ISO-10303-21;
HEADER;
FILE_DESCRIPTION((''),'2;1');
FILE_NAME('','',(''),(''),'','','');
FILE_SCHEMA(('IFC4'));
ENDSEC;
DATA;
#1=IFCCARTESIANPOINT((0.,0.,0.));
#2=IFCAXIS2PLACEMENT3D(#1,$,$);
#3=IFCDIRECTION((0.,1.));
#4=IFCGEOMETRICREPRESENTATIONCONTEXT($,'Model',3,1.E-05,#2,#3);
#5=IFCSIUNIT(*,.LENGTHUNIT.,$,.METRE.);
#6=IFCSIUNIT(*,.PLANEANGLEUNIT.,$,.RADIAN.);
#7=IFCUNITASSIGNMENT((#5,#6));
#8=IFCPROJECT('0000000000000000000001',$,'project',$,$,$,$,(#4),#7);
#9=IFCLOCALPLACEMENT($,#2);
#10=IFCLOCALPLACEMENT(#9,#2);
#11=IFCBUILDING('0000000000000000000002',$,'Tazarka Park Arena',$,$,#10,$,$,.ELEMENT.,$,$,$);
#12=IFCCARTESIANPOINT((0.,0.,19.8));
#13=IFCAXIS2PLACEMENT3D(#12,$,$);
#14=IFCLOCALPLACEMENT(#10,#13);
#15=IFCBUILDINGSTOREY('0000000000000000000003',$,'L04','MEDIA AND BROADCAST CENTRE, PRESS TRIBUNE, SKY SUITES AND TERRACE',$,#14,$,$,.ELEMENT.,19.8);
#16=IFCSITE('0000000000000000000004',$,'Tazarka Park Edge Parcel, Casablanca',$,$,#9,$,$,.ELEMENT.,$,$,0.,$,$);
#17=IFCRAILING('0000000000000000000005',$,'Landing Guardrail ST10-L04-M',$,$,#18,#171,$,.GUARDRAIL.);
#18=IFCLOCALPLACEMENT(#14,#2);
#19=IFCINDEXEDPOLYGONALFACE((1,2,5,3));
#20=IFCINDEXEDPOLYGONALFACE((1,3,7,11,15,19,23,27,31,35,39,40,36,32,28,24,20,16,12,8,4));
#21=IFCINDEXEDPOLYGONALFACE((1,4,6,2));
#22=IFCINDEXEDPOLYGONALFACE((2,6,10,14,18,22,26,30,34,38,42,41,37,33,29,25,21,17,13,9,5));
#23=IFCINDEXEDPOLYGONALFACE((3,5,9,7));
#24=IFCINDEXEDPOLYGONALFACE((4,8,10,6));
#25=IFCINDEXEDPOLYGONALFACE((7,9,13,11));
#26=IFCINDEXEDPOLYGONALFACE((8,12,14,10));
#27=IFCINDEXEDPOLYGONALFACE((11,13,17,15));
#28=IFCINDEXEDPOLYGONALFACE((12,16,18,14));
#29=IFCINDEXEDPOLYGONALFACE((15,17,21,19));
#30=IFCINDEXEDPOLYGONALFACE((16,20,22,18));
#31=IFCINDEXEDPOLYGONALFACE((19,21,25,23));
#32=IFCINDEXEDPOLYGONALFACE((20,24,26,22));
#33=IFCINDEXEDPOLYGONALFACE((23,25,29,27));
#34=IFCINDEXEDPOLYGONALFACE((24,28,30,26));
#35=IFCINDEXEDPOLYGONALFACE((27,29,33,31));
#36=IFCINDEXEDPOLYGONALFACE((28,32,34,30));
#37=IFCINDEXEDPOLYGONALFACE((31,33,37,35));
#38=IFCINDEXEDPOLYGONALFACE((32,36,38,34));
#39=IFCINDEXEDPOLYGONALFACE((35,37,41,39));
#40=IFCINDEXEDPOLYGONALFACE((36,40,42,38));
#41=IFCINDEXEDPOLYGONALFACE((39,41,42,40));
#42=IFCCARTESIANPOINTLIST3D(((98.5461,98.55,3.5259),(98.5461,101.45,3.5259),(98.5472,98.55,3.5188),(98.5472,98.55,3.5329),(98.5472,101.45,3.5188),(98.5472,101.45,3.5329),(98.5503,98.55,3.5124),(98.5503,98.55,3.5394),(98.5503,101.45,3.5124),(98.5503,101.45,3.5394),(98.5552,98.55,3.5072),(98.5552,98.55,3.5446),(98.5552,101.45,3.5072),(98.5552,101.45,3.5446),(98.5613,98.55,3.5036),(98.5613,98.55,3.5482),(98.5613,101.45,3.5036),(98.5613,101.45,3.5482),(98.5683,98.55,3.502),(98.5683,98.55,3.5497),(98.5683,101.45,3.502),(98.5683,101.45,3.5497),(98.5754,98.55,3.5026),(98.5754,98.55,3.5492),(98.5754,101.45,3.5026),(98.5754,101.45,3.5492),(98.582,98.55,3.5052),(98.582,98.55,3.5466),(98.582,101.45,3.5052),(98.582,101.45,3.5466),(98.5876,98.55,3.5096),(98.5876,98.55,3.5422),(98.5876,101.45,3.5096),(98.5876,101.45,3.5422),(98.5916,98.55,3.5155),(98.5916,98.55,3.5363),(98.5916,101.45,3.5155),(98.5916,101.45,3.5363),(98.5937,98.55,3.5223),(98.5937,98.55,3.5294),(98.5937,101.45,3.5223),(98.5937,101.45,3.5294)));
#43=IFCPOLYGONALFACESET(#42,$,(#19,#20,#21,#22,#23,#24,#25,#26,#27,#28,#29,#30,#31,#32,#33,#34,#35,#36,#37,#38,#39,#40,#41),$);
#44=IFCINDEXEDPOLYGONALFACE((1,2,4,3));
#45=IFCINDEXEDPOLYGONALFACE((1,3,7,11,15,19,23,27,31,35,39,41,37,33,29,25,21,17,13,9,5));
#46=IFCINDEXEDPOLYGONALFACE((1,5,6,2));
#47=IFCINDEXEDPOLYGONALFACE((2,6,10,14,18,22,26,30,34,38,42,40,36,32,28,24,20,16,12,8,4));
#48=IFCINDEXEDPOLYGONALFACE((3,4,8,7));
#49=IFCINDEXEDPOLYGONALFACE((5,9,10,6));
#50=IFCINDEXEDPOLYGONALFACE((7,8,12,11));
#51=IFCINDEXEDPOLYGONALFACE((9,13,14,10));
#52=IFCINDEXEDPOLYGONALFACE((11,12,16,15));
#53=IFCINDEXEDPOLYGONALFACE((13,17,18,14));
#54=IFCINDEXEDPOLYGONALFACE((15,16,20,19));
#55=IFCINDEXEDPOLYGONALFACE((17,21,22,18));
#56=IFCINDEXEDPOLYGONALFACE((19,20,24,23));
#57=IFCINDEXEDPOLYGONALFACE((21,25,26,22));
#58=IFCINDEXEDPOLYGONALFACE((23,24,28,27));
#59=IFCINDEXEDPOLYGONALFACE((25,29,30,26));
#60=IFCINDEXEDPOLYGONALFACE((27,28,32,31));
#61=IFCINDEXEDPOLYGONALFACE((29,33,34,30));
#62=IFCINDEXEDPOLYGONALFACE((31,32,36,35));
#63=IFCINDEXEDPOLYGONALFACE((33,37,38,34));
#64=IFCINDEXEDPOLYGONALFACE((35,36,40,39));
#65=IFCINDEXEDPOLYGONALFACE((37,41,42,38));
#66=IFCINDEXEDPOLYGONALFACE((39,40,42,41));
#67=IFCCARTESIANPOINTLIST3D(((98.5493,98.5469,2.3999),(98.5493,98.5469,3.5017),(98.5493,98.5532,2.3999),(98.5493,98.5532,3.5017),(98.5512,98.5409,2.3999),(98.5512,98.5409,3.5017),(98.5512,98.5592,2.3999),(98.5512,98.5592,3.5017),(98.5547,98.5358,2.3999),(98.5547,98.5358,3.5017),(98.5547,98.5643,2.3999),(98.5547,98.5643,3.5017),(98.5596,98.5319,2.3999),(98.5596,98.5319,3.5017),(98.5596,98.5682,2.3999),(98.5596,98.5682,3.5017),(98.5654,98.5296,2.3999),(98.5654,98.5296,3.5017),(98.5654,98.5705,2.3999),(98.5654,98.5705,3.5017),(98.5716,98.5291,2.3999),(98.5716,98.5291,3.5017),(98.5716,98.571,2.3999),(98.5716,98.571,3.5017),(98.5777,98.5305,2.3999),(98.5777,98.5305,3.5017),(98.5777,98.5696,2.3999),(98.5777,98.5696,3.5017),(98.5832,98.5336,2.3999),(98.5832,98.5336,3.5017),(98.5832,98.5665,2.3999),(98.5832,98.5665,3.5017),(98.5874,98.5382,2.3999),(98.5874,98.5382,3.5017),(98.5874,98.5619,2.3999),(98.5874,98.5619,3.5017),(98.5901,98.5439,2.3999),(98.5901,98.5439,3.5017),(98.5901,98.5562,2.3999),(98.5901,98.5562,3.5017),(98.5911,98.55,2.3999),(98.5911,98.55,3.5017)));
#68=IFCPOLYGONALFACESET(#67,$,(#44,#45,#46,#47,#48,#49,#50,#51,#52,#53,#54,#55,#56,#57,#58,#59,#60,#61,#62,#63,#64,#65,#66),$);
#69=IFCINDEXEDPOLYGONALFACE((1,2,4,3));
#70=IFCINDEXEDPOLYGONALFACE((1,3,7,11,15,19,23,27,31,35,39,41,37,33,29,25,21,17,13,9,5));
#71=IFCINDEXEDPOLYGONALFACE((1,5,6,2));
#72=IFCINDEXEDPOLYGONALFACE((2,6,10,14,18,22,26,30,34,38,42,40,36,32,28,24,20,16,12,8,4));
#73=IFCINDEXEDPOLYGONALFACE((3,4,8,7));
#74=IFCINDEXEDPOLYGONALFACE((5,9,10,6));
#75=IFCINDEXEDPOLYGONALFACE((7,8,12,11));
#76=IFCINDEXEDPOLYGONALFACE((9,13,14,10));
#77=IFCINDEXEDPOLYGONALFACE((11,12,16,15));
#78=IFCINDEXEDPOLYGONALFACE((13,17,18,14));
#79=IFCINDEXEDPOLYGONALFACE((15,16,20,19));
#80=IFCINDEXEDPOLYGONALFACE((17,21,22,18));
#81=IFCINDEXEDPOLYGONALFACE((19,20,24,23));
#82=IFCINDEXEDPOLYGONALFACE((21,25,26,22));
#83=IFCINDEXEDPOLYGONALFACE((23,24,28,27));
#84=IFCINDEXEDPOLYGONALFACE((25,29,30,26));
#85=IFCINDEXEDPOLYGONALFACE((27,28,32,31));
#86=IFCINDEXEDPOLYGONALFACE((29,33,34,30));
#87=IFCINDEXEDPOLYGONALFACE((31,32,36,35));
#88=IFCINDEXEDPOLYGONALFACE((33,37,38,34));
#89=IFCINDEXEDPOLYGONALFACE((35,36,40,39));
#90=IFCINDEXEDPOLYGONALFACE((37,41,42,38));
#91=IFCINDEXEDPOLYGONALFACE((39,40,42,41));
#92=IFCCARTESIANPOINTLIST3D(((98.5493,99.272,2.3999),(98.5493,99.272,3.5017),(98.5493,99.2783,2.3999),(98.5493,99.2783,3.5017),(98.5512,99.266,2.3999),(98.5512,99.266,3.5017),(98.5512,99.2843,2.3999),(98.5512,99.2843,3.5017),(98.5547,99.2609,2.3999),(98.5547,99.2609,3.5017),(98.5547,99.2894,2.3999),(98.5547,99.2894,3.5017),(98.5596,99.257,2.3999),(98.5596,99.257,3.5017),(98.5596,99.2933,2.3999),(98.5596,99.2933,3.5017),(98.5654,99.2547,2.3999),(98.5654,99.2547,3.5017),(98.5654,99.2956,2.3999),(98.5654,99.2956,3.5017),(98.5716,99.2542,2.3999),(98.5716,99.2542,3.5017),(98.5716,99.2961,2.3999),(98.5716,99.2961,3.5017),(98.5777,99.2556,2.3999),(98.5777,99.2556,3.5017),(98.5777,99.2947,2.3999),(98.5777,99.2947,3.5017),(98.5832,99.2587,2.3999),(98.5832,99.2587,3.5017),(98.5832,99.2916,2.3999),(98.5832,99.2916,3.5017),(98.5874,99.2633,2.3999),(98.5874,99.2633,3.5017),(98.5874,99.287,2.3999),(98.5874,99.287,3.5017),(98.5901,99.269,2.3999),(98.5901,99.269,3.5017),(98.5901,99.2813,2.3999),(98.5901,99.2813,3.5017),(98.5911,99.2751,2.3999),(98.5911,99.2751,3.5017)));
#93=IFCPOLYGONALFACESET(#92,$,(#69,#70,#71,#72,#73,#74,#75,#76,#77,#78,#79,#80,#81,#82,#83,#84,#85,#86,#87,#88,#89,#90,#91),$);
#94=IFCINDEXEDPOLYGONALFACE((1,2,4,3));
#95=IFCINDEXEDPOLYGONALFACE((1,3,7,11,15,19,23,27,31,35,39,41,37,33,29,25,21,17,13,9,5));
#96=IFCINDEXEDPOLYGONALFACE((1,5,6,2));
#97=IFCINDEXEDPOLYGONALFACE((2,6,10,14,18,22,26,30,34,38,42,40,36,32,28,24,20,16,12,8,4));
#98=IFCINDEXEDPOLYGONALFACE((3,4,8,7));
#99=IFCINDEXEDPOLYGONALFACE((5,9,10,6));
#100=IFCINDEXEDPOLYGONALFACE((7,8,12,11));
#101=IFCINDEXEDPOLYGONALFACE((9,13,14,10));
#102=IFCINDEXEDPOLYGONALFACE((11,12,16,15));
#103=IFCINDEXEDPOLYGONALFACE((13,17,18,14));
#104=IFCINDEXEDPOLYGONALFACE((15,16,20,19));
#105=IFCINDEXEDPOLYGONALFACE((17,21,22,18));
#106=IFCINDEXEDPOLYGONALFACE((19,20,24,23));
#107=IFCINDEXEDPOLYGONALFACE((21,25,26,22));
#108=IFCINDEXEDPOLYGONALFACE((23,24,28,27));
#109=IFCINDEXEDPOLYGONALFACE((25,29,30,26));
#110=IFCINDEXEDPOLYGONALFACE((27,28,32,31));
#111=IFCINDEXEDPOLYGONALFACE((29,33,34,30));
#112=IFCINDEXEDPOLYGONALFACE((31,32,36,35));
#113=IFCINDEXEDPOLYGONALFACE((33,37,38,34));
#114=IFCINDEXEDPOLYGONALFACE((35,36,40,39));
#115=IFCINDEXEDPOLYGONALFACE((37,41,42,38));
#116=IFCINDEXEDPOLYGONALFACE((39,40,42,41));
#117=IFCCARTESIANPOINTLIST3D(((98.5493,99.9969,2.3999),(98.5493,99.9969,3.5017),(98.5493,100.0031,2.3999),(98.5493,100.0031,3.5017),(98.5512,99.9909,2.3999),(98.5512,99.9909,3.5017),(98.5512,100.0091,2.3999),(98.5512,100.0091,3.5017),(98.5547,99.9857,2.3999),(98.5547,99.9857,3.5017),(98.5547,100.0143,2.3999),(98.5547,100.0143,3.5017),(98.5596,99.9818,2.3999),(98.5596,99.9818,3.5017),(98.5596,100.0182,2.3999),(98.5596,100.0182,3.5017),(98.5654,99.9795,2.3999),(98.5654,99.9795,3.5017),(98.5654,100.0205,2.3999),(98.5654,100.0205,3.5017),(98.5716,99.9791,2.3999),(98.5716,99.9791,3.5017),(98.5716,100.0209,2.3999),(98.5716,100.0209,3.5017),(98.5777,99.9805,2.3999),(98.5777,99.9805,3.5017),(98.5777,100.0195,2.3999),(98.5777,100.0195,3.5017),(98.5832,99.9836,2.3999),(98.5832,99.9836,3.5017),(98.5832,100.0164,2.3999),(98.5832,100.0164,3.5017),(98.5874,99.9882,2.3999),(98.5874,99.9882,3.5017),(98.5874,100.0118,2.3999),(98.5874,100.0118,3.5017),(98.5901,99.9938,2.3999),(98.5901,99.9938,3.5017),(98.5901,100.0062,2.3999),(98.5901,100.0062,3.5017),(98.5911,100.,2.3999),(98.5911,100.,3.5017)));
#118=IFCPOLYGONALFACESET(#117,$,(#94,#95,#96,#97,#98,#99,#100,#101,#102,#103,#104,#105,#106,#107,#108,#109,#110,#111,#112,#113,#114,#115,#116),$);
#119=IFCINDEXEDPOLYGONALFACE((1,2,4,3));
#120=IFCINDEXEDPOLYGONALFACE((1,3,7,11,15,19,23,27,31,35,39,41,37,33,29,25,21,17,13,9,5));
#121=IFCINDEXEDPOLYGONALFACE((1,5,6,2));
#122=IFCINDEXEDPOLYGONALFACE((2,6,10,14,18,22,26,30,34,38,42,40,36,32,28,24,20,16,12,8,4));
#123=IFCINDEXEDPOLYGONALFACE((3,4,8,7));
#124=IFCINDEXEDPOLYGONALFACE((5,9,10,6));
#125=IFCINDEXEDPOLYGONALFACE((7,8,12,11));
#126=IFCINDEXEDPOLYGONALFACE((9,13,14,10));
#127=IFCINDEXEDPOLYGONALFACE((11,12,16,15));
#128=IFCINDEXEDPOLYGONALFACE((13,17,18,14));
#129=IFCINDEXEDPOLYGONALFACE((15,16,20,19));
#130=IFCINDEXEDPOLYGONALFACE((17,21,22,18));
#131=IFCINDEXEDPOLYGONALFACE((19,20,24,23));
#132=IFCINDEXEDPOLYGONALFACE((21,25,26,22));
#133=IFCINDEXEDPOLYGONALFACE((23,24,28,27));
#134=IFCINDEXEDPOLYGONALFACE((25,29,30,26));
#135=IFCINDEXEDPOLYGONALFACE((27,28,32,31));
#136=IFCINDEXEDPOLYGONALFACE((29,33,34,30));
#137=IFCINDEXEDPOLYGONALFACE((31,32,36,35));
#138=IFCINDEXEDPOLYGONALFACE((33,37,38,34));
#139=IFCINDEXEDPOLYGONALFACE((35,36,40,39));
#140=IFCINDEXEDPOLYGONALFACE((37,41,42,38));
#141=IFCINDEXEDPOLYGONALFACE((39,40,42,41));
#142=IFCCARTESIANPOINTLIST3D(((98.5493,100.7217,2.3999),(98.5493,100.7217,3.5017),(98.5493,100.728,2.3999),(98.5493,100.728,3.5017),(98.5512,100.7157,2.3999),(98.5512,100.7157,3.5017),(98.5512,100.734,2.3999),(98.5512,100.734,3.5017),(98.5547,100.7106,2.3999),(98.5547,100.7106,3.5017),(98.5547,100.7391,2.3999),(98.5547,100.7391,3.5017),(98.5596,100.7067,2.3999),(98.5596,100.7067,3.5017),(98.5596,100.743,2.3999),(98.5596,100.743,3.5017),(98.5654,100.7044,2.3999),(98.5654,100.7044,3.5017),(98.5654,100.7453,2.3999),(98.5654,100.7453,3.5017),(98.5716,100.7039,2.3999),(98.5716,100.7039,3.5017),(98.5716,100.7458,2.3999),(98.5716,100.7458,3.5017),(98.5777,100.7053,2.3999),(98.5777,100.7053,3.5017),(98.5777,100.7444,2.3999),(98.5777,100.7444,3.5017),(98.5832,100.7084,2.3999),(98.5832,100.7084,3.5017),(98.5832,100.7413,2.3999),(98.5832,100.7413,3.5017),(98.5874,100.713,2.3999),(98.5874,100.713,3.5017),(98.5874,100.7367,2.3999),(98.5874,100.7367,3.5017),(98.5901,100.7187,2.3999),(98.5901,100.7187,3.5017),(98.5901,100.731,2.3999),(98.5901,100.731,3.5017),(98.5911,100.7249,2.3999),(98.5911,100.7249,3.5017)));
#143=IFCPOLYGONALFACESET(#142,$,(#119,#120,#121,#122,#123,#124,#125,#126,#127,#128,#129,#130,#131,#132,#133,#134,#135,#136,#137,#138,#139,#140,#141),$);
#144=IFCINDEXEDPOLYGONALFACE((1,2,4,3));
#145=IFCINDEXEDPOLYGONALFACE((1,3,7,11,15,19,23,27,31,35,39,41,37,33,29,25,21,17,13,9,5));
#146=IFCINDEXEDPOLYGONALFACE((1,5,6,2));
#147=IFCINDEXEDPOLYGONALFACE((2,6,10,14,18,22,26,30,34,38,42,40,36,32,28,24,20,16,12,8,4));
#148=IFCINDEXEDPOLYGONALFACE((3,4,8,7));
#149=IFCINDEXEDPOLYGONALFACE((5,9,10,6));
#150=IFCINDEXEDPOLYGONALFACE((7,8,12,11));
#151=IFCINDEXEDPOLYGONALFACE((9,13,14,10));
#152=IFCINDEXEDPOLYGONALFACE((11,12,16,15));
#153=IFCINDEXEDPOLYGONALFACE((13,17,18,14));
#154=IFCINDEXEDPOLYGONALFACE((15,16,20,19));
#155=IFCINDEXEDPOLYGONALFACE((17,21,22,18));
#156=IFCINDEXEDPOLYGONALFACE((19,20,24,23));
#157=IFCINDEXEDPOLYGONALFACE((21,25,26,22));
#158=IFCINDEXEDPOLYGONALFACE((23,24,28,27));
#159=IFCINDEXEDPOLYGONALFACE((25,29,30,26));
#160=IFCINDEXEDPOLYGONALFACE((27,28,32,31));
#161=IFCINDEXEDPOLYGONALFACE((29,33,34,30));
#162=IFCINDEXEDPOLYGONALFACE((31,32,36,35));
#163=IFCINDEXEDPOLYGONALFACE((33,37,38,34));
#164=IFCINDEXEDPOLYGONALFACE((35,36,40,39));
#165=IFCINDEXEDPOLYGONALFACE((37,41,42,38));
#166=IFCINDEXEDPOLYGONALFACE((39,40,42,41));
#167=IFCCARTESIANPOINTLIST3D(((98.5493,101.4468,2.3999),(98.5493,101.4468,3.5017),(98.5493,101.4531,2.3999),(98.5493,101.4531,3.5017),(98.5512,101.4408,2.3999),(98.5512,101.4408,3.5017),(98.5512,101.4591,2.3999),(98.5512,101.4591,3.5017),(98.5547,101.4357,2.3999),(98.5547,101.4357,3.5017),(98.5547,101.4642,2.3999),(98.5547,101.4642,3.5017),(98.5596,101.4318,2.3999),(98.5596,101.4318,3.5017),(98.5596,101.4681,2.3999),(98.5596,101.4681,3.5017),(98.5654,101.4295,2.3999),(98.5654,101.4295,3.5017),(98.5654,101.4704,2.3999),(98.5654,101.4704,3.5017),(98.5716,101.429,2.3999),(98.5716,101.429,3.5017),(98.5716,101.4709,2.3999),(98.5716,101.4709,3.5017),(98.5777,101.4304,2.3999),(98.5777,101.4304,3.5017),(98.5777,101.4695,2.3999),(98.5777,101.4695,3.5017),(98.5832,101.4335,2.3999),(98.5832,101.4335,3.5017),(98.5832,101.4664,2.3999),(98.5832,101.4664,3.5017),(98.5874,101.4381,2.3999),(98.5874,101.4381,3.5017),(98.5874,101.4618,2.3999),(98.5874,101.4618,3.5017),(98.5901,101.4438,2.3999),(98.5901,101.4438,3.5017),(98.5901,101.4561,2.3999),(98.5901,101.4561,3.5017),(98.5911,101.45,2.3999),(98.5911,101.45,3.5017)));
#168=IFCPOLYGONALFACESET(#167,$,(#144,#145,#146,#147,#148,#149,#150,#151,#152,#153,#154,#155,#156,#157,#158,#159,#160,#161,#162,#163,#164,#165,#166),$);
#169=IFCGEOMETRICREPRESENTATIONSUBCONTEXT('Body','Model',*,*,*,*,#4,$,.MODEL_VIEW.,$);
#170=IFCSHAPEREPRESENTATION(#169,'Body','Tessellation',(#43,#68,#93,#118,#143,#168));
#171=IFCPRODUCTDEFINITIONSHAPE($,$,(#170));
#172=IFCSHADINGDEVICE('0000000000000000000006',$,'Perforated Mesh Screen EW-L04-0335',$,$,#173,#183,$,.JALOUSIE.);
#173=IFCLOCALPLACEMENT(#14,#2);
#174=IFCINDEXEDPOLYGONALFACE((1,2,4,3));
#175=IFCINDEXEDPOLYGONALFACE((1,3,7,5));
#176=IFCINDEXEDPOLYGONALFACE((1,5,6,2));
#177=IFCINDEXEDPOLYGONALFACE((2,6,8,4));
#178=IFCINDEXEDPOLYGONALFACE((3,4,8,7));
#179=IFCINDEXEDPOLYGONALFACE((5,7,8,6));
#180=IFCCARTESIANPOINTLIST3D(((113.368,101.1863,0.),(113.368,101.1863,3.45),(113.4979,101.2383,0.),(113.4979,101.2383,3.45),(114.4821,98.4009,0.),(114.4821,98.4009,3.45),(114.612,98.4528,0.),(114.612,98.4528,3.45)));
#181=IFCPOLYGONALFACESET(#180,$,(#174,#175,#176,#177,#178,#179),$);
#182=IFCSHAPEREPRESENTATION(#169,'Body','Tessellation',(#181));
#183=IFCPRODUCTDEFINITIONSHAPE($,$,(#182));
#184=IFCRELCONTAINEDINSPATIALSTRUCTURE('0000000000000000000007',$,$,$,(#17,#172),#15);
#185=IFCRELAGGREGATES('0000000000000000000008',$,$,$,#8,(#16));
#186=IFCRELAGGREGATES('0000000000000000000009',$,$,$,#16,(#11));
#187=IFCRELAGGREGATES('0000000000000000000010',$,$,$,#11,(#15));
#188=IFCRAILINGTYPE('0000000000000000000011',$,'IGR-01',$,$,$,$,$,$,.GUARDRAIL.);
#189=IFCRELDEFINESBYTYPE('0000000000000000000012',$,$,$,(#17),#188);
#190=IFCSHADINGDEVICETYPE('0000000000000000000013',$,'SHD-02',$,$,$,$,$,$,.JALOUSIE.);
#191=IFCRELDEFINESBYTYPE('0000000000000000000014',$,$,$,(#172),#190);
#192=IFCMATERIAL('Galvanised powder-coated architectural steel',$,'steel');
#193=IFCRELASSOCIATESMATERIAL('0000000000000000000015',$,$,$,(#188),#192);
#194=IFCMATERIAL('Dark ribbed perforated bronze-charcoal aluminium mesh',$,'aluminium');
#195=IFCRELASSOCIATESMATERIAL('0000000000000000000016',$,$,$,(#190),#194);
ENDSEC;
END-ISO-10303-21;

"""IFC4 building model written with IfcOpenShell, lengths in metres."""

from ifc_helpers import new_model, si_unit, direction, frame, origin, origin_2d, place, context, subcontext, project, spatial, rectangle, circle, extrude, material, type_object, element, save


model = new_model("IFC4")

# Units and contexts
model_context = context("Model", 3, precision=1e-05, world=origin(), true_north=direction((0.0, 1.0)))
body_context = subcontext(model_context, "Body", "Model", "MODEL_VIEW")
ifc_project = project(units=[si_unit("LENGTHUNIT", "METRE"), si_unit("PLANEANGLEUNIT", "RADIAN")], contexts=[model_context])

# Site, building, storey
site_placement = place(None, origin())
site = spatial("IfcSite", under=ifc_project, at=site_placement, Name="Tazarka Park Edge Parcel, Casablanca", CompositionType="ELEMENT", RefElevation=0.0)
building_placement = place(site_placement, origin())
building = spatial("IfcBuilding", under=site, at=building_placement, Name="Tazarka Park Arena", CompositionType="ELEMENT")
storey_placement = place(building_placement, frame((0.0, 0.0, 19.8)))
storey = spatial("IfcBuildingStorey", under=building, at=storey_placement, Name="L04", Description="MEDIA AND BROADCAST CENTRE, PRESS TRIBUNE, SKY SUITES AND TERRACE", CompositionType="ELEMENT", Elevation=19.8)

# Railing
ifc_material_1 = material(Name="Galvanised powder-coated architectural steel", Category="steel")
railing_type_1 = type_object("IfcRailingType", Name="IGR-01", PredefinedType="GUARDRAIL", material=ifc_material_1)
for number, where, name in (
    (1, (98.5701, 98.55, 2.3999), "Landing Guardrail ST10-L04-M"),
):
    element("IfcRailing", number, at=place(storey_placement, frame(where)), inside=storey, type_object=railing_type_1, Name=name, PredefinedType="GUARDRAIL", context=body_context, shape_type="SweptSolid", body=[
        extrude(circle(Radius=0.0239, at=origin_2d()), frame((0.0, 0.0, 1.126), z_axis=(0.0, 1.0, 0.0), x_axis=(-1.0, 0.0, 0.0)), (0.0, 0.0, 1.0), 2.8999),
        extrude(circle(Radius=0.021, at=origin_2d()), origin(), (0.0, 0.0, 1.0), 1.1018),
        extrude(circle(Radius=0.021, at=origin_2d()), frame((0.0, 0.7251, 0.0)), (0.0, 0.0, 1.0), 1.1018),
        extrude(circle(Radius=0.021, at=origin_2d()), frame((0.0, 1.45, 0.0)), (0.0, 0.0, 1.0), 1.1018),
        extrude(circle(Radius=0.021, at=origin_2d()), frame((0.0, 2.1748, 0.0)), (0.0, 0.0, 1.0), 1.1018),
        extrude(circle(Radius=0.021, at=origin_2d()), frame((0.0, 2.8999, 0.0)), (0.0, 0.0, 1.0), 1.1018),
    ])

# Shading device
ifc_material_2 = material(Name="Dark ribbed perforated bronze-charcoal aluminium mesh", Category="aluminium")
shading_device_type = type_object("IfcShadingDeviceType", Name="SHD-02", PredefinedType="JALOUSIE", material=ifc_material_2)
shading_device_placement = place(storey_placement, frame((113.99, 99.8196, 0.0), z_axis=(0.0, 0.0, 1.0), x_axis=(0.371368, -0.928486, 0.0)))
element("IfcShadingDevice", 2, at=shading_device_placement, inside=storey, type_object=shading_device_type, Name="Perforated Mesh Screen EW-L04-0335", PredefinedType="JALOUSIE", context=body_context, shape_type="SweptSolid", body=[
    extrude(rectangle(XDim=3.0, YDim=0.1399, at=origin_2d()), origin(), (0.0, 0.0, 1.0), 3.45),
])

save(model, "model.ifc")
